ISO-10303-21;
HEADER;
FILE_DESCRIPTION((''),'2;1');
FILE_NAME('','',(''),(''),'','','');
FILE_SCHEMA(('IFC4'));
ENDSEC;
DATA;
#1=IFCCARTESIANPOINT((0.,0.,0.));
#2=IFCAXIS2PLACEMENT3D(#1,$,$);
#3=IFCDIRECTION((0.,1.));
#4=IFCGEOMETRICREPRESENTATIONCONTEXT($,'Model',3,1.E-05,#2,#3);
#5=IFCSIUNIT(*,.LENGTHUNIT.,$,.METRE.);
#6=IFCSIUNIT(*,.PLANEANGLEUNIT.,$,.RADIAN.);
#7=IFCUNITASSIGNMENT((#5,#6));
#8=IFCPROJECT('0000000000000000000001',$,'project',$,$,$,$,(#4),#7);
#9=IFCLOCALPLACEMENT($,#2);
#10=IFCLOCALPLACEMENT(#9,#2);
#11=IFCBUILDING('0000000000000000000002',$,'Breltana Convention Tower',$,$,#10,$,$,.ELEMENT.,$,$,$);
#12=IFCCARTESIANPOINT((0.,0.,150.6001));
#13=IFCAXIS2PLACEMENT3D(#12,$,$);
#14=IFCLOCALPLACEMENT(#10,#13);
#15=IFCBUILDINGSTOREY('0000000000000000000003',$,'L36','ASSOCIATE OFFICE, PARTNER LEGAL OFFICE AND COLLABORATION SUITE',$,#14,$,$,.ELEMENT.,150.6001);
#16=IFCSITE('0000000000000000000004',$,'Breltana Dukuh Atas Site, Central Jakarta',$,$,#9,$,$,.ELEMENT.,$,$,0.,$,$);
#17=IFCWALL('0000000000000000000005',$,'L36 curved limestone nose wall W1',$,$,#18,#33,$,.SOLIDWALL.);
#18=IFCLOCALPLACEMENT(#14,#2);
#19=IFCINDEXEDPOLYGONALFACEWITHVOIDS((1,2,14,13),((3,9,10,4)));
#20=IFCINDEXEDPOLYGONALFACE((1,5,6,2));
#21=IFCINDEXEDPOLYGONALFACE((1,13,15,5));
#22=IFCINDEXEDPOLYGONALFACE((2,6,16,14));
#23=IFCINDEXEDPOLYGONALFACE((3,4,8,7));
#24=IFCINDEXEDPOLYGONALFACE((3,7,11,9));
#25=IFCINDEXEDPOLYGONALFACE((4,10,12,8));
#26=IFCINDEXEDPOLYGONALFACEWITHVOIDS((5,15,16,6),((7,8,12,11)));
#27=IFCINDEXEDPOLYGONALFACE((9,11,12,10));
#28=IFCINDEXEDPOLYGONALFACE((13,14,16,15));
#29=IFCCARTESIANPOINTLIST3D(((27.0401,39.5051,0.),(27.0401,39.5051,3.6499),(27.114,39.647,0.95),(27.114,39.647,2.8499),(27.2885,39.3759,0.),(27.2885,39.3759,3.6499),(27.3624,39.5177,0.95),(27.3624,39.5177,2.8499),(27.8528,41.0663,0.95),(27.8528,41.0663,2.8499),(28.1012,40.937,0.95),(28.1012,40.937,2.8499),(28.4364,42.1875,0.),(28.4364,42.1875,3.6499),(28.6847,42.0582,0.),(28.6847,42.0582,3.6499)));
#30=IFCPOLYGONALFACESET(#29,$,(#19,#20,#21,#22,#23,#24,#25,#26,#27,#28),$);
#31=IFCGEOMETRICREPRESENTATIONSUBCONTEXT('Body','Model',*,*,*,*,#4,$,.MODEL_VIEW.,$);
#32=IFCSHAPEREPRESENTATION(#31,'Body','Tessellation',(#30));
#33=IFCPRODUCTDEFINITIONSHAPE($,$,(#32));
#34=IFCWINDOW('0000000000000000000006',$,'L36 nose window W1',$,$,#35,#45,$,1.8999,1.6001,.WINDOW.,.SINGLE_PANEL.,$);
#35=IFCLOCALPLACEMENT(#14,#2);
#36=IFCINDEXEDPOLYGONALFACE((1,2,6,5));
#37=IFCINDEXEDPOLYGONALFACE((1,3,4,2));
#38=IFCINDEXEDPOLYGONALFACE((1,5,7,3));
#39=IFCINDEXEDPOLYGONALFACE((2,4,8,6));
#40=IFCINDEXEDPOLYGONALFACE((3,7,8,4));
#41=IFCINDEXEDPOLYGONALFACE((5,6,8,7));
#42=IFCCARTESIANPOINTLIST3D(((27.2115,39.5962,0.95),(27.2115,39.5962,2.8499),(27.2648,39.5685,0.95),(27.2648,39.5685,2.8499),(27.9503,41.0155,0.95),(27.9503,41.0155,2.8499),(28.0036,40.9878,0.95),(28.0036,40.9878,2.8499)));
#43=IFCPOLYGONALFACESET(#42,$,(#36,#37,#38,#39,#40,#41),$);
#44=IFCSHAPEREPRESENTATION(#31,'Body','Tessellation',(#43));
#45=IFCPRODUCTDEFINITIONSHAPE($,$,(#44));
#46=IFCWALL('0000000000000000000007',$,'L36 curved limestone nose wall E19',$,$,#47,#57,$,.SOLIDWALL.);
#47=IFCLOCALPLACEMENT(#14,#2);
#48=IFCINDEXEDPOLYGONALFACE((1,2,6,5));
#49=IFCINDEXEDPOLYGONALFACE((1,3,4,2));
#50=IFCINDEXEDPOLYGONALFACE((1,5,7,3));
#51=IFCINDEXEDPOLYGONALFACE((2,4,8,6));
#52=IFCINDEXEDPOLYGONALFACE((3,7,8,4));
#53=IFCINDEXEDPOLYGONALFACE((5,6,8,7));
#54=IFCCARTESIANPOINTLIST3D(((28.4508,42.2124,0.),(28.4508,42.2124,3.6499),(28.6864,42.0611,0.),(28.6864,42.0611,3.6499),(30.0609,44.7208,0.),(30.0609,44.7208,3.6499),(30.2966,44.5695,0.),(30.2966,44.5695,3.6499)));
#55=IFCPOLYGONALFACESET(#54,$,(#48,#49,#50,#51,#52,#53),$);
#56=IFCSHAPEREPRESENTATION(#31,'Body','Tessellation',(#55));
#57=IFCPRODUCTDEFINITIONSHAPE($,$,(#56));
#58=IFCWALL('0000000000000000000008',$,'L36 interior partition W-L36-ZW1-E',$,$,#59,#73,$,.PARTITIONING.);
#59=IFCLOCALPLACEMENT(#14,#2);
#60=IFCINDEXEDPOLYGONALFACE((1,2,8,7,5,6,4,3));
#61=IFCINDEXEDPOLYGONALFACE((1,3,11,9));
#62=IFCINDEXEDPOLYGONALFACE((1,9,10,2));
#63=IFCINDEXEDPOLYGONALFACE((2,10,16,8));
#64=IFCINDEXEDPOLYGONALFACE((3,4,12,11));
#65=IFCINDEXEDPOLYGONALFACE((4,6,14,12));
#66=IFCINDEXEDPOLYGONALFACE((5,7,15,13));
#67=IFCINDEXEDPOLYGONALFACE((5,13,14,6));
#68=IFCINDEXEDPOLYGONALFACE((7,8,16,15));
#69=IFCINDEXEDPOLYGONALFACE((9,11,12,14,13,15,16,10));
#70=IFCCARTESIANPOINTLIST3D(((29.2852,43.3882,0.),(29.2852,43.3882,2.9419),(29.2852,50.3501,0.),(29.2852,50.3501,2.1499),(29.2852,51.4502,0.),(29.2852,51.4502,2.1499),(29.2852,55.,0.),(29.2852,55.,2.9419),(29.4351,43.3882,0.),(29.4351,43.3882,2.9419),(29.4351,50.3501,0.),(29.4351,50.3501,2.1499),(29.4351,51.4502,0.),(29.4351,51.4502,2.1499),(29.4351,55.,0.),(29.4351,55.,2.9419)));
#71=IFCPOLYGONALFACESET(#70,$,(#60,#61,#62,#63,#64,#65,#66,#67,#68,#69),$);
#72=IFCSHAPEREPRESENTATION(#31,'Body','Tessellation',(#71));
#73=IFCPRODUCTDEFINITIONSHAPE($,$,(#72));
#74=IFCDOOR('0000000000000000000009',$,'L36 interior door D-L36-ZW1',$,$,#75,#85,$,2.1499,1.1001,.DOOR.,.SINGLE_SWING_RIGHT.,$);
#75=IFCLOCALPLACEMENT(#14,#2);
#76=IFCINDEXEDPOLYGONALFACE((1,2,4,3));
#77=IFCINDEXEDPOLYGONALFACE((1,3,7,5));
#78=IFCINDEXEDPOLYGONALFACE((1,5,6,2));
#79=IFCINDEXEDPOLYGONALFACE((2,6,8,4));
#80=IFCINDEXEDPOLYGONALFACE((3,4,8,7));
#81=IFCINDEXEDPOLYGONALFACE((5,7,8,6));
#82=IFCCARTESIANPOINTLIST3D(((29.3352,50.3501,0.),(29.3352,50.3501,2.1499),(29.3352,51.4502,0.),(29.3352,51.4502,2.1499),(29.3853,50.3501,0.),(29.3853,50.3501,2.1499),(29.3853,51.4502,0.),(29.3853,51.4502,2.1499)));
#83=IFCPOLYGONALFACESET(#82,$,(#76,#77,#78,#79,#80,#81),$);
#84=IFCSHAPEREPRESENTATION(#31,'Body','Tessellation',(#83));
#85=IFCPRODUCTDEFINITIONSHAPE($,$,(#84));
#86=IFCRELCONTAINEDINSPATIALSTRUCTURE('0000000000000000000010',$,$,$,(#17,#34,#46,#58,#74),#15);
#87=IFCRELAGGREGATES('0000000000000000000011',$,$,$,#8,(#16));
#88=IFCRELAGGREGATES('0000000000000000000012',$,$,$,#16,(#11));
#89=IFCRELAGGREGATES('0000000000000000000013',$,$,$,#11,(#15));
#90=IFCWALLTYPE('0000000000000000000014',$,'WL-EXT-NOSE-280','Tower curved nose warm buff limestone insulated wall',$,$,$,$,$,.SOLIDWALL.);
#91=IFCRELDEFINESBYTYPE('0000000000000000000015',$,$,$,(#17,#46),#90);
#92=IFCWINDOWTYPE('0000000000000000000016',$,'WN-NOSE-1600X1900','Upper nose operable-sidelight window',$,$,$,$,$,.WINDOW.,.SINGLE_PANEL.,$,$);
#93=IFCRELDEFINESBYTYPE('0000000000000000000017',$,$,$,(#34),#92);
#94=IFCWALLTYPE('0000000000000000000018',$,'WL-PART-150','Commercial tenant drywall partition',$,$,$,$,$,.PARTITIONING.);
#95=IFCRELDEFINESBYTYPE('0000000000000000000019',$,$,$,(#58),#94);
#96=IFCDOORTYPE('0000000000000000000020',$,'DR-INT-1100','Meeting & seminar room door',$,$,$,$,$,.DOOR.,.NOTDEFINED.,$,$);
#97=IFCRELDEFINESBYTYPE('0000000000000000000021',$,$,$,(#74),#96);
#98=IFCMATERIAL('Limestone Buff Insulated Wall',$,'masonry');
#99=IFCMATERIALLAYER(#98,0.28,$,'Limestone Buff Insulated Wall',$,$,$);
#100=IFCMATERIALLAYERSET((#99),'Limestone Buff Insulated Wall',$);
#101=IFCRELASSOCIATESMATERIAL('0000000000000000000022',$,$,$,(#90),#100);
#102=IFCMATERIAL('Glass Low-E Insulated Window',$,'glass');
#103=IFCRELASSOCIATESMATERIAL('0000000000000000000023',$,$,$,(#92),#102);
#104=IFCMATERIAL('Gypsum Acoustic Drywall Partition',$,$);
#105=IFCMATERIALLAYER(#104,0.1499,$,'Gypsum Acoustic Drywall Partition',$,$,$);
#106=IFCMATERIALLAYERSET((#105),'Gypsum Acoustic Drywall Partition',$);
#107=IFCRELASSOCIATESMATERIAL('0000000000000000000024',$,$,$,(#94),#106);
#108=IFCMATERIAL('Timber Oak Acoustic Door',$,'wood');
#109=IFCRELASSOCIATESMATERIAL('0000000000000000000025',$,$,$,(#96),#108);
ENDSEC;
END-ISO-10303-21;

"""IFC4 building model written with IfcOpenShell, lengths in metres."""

from ifc_helpers import new_model, si_unit, direction, frame, frame_2d, origin, place, context, subcontext, project, spatial, rectangle, extrude, source, transform, mapped, material, layer, layer_set, type_object, type_shapes, element, fill, save


model = new_model("IFC4")

# Units and contexts
model_context = context("Model", 3, precision=1e-05, world=origin(), true_north=direction((0.0, 1.0)))
body_context = subcontext(model_context, "Body", "Model", "MODEL_VIEW")
ifc_project = project(units=[si_unit("LENGTHUNIT", "METRE"), si_unit("PLANEANGLEUNIT", "RADIAN")], contexts=[model_context])

# Site, building, storey
site_placement = place(None, origin())
site = spatial("IfcSite", under=ifc_project, at=site_placement, Name="Breltana Dukuh Atas Site, Central Jakarta", CompositionType="ELEMENT", RefElevation=0.0)
building_placement = place(site_placement, origin())
building = spatial("IfcBuilding", under=site, at=building_placement, Name="Breltana Convention Tower", CompositionType="ELEMENT")
storey_placement = place(building_placement, frame((0.0, 0.0, 150.6001)))
storey = spatial("IfcBuildingStorey", under=building, at=storey_placement, Name="L36", Description="ASSOCIATE OFFICE, PARTNER LEGAL OFFICE AND COLLABORATION SUITE", CompositionType="ELEMENT", Elevation=150.6001)

# Wall, opening, window
ifc_material_1 = material(Name="Limestone Buff Insulated Wall", Category="masonry")
ifc_layer_1 = layer(ifc_material_1, 0.28, Name="Limestone Buff Insulated Wall")
ifc_layer_set_1 = layer_set([ifc_layer_1], Name="Limestone Buff Insulated Wall")
wall_type_1 = type_object("IfcWallType", Name="WL-EXT-NOSE-280", Description="Tower curved nose warm buff limestone insulated wall", PredefinedType="SOLIDWALL", material=ifc_layer_set_1)
ifc_material_2 = material(Name="Glass Low-E Insulated Window", Category="glass")
shared_shape_1 = source(origin(), body_context, "Body", "SweptSolid", [
    extrude(rectangle(XDim=3.0239, YDim=0.28, at=frame_2d((1.512, 0.0))), origin(), (0.0, 0.0, 1.0), 3.6499),
])
wall_1_placement = place(storey_placement, frame((28.5605, 42.1228, 0.0), z_axis=(0.0, 0.0, 1.0), x_axis=(-0.461719, -0.887026, 0.0)))
wall_1 = element("IfcWall", 1, at=wall_1_placement, inside=storey, type_object=wall_type_1, Name="L36 curved limestone nose wall W1", PredefinedType="SOLIDWALL", context=body_context, shape_type="MappedRepresentation", body=[
    mapped(shared_shape_1, transform((0.0, 0.0, 0.0), scale=1.0)),
])
opening_1_placement = place(wall_1_placement, frame((1.2639, 0.0, 0.95)))
opening_1 = element("IfcOpeningElement", 2, at=opening_1_placement, cuts=wall_1, PredefinedType="OPENING", context=body_context, shape_type="SweptSolid", body=[
    extrude(rectangle(XDim=1.6001, YDim=1.8999, at=frame_2d((0.8, 0.95))), frame((0.0, 0.1499, 0.0), z_axis=(0.0, -1.0, 0.0), x_axis=(1.0, 0.0, 0.0)), (0.0, 0.0, 1.0), 0.3),
])
window_type_1 = type_object("IfcWindowType", Name="WN-NOSE-1600X1900", Description="Upper nose operable-sidelight window", PartitioningType="SINGLE_PANEL", PredefinedType="WINDOW", material=ifc_material_2)
shared_shape_2 = source(origin(), body_context, "Body", "SweptSolid", [
    extrude(rectangle(XDim=1.6001, YDim=1.8999, at=frame_2d((0.8, 0.95))), frame((0.0, 0.03, 0.0), z_axis=(0.0, -1.0, 0.0), x_axis=(1.0, 0.0, 0.0)), (0.0, 0.0, 1.0), 0.0601),
])
type_shapes(window_type_1, [shared_shape_2])
window_1_placement = place(opening_1_placement, origin())
window_1 = element("IfcWindow", 3, at=window_1_placement, inside=storey, type_object=window_type_1, Name="L36 nose window W1", OverallHeight=1.8999, OverallWidth=1.6001, PartitioningType="SINGLE_PANEL", PredefinedType="WINDOW", context=body_context, shape_type="MappedRepresentation", body=[
    mapped(shared_shape_2, transform((0.0, 0.0, 0.0), scale=1.0)),
])
fill(opening_1, window_1)

# Wall
shared_shape_3 = source(origin(), body_context, "Body", "SweptSolid", [
    extrude(rectangle(XDim=2.9807, YDim=0.28, at=frame_2d((1.4902, 0.0))), origin(), (0.0, 0.0, 1.0), 3.6499),
])
wall_2_placement = place(storey_placement, frame((30.1787, 44.645, 0.0), z_axis=(0.0, 0.0, 1.0), x_axis=(-0.540194, -0.84154, 0.0)))
element("IfcWall", 4, at=wall_2_placement, inside=storey, type_object=wall_type_1, Name="L36 curved limestone nose wall E19", PredefinedType="SOLIDWALL", context=body_context, shape_type="MappedRepresentation", body=[
    mapped(shared_shape_3, transform((0.0, 0.0, 0.0), scale=1.0)),
])

# Wall, opening, door
ifc_material_3 = material(Name="Gypsum Acoustic Drywall Partition")
ifc_layer_2 = layer(ifc_material_3, 0.1499, Name="Gypsum Acoustic Drywall Partition")
ifc_layer_set_2 = layer_set([ifc_layer_2], Name="Gypsum Acoustic Drywall Partition")
wall_type_2 = type_object("IfcWallType", Name="WL-PART-150", Description="Commercial tenant drywall partition", PredefinedType="PARTITIONING", material=ifc_layer_set_2)
shared_shape_4 = source(origin(), body_context, "Body", "SweptSolid", [
    extrude(rectangle(XDim=11.6118, YDim=0.1499, at=frame_2d((5.8059, 0.0))), origin(), (0.0, 0.0, 1.0), 2.9419),
])
wall_3_placement = place(storey_placement, frame((29.3601, 43.3882, 0.0), z_axis=(0.0, 0.0, 1.0), x_axis=(0.0, 1.0, 0.0)))
wall_3 = element("IfcWall", 5, at=wall_3_placement, inside=storey, type_object=wall_type_2, Name="L36 interior partition W-L36-ZW1-E", PredefinedType="PARTITIONING", context=body_context, shape_type="MappedRepresentation", body=[
    mapped(shared_shape_4, transform((0.0, 0.0, 0.0), scale=1.0)),
])
opening_2_placement = place(wall_3_placement, frame((6.9619, 0.0, 0.0)))
opening_2 = element("IfcOpeningElement", 6, at=opening_2_placement, cuts=wall_3, PredefinedType="OPENING", context=body_context, shape_type="SweptSolid", body=[
    extrude(rectangle(XDim=1.1001, YDim=2.1499, at=frame_2d((0.55, 1.075))), frame((0.0, 0.085, 0.0), z_axis=(0.0, -1.0, 0.0), x_axis=(1.0, 0.0, 0.0)), (0.0, 0.0, 1.0), 0.1699),
])
ifc_material_4 = material(Name="Timber Oak Acoustic Door", Category="wood")
door_type = type_object("IfcDoorType", Name="DR-INT-1100", Description="Meeting & seminar room door", OperationType="NOTDEFINED", PredefinedType="DOOR", material=ifc_material_4)
shared_shape_5 = source(origin(), body_context, "Body", "SweptSolid", [
    extrude(rectangle(XDim=1.1001, YDim=2.1499, at=frame_2d((0.55, 1.075))), frame((0.0, 0.0249, 0.0), z_axis=(0.0, -1.0, 0.0), x_axis=(1.0, 0.0, 0.0)), (0.0, 0.0, 1.0), 0.05),
])
type_shapes(door_type, [shared_shape_5])
door_placement = place(opening_2_placement, origin())
door = element("IfcDoor", 7, at=door_placement, inside=storey, type_object=door_type, Name="L36 interior door D-L36-ZW1", OperationType="SINGLE_SWING_RIGHT", OverallHeight=2.1499, OverallWidth=1.1001, PredefinedType="DOOR", context=body_context, shape_type="MappedRepresentation", body=[
    mapped(shared_shape_5, transform((0.0, 0.0, 0.0), scale=1.0)),
])
fill(opening_2, door)

save(model, "model.ifc")
